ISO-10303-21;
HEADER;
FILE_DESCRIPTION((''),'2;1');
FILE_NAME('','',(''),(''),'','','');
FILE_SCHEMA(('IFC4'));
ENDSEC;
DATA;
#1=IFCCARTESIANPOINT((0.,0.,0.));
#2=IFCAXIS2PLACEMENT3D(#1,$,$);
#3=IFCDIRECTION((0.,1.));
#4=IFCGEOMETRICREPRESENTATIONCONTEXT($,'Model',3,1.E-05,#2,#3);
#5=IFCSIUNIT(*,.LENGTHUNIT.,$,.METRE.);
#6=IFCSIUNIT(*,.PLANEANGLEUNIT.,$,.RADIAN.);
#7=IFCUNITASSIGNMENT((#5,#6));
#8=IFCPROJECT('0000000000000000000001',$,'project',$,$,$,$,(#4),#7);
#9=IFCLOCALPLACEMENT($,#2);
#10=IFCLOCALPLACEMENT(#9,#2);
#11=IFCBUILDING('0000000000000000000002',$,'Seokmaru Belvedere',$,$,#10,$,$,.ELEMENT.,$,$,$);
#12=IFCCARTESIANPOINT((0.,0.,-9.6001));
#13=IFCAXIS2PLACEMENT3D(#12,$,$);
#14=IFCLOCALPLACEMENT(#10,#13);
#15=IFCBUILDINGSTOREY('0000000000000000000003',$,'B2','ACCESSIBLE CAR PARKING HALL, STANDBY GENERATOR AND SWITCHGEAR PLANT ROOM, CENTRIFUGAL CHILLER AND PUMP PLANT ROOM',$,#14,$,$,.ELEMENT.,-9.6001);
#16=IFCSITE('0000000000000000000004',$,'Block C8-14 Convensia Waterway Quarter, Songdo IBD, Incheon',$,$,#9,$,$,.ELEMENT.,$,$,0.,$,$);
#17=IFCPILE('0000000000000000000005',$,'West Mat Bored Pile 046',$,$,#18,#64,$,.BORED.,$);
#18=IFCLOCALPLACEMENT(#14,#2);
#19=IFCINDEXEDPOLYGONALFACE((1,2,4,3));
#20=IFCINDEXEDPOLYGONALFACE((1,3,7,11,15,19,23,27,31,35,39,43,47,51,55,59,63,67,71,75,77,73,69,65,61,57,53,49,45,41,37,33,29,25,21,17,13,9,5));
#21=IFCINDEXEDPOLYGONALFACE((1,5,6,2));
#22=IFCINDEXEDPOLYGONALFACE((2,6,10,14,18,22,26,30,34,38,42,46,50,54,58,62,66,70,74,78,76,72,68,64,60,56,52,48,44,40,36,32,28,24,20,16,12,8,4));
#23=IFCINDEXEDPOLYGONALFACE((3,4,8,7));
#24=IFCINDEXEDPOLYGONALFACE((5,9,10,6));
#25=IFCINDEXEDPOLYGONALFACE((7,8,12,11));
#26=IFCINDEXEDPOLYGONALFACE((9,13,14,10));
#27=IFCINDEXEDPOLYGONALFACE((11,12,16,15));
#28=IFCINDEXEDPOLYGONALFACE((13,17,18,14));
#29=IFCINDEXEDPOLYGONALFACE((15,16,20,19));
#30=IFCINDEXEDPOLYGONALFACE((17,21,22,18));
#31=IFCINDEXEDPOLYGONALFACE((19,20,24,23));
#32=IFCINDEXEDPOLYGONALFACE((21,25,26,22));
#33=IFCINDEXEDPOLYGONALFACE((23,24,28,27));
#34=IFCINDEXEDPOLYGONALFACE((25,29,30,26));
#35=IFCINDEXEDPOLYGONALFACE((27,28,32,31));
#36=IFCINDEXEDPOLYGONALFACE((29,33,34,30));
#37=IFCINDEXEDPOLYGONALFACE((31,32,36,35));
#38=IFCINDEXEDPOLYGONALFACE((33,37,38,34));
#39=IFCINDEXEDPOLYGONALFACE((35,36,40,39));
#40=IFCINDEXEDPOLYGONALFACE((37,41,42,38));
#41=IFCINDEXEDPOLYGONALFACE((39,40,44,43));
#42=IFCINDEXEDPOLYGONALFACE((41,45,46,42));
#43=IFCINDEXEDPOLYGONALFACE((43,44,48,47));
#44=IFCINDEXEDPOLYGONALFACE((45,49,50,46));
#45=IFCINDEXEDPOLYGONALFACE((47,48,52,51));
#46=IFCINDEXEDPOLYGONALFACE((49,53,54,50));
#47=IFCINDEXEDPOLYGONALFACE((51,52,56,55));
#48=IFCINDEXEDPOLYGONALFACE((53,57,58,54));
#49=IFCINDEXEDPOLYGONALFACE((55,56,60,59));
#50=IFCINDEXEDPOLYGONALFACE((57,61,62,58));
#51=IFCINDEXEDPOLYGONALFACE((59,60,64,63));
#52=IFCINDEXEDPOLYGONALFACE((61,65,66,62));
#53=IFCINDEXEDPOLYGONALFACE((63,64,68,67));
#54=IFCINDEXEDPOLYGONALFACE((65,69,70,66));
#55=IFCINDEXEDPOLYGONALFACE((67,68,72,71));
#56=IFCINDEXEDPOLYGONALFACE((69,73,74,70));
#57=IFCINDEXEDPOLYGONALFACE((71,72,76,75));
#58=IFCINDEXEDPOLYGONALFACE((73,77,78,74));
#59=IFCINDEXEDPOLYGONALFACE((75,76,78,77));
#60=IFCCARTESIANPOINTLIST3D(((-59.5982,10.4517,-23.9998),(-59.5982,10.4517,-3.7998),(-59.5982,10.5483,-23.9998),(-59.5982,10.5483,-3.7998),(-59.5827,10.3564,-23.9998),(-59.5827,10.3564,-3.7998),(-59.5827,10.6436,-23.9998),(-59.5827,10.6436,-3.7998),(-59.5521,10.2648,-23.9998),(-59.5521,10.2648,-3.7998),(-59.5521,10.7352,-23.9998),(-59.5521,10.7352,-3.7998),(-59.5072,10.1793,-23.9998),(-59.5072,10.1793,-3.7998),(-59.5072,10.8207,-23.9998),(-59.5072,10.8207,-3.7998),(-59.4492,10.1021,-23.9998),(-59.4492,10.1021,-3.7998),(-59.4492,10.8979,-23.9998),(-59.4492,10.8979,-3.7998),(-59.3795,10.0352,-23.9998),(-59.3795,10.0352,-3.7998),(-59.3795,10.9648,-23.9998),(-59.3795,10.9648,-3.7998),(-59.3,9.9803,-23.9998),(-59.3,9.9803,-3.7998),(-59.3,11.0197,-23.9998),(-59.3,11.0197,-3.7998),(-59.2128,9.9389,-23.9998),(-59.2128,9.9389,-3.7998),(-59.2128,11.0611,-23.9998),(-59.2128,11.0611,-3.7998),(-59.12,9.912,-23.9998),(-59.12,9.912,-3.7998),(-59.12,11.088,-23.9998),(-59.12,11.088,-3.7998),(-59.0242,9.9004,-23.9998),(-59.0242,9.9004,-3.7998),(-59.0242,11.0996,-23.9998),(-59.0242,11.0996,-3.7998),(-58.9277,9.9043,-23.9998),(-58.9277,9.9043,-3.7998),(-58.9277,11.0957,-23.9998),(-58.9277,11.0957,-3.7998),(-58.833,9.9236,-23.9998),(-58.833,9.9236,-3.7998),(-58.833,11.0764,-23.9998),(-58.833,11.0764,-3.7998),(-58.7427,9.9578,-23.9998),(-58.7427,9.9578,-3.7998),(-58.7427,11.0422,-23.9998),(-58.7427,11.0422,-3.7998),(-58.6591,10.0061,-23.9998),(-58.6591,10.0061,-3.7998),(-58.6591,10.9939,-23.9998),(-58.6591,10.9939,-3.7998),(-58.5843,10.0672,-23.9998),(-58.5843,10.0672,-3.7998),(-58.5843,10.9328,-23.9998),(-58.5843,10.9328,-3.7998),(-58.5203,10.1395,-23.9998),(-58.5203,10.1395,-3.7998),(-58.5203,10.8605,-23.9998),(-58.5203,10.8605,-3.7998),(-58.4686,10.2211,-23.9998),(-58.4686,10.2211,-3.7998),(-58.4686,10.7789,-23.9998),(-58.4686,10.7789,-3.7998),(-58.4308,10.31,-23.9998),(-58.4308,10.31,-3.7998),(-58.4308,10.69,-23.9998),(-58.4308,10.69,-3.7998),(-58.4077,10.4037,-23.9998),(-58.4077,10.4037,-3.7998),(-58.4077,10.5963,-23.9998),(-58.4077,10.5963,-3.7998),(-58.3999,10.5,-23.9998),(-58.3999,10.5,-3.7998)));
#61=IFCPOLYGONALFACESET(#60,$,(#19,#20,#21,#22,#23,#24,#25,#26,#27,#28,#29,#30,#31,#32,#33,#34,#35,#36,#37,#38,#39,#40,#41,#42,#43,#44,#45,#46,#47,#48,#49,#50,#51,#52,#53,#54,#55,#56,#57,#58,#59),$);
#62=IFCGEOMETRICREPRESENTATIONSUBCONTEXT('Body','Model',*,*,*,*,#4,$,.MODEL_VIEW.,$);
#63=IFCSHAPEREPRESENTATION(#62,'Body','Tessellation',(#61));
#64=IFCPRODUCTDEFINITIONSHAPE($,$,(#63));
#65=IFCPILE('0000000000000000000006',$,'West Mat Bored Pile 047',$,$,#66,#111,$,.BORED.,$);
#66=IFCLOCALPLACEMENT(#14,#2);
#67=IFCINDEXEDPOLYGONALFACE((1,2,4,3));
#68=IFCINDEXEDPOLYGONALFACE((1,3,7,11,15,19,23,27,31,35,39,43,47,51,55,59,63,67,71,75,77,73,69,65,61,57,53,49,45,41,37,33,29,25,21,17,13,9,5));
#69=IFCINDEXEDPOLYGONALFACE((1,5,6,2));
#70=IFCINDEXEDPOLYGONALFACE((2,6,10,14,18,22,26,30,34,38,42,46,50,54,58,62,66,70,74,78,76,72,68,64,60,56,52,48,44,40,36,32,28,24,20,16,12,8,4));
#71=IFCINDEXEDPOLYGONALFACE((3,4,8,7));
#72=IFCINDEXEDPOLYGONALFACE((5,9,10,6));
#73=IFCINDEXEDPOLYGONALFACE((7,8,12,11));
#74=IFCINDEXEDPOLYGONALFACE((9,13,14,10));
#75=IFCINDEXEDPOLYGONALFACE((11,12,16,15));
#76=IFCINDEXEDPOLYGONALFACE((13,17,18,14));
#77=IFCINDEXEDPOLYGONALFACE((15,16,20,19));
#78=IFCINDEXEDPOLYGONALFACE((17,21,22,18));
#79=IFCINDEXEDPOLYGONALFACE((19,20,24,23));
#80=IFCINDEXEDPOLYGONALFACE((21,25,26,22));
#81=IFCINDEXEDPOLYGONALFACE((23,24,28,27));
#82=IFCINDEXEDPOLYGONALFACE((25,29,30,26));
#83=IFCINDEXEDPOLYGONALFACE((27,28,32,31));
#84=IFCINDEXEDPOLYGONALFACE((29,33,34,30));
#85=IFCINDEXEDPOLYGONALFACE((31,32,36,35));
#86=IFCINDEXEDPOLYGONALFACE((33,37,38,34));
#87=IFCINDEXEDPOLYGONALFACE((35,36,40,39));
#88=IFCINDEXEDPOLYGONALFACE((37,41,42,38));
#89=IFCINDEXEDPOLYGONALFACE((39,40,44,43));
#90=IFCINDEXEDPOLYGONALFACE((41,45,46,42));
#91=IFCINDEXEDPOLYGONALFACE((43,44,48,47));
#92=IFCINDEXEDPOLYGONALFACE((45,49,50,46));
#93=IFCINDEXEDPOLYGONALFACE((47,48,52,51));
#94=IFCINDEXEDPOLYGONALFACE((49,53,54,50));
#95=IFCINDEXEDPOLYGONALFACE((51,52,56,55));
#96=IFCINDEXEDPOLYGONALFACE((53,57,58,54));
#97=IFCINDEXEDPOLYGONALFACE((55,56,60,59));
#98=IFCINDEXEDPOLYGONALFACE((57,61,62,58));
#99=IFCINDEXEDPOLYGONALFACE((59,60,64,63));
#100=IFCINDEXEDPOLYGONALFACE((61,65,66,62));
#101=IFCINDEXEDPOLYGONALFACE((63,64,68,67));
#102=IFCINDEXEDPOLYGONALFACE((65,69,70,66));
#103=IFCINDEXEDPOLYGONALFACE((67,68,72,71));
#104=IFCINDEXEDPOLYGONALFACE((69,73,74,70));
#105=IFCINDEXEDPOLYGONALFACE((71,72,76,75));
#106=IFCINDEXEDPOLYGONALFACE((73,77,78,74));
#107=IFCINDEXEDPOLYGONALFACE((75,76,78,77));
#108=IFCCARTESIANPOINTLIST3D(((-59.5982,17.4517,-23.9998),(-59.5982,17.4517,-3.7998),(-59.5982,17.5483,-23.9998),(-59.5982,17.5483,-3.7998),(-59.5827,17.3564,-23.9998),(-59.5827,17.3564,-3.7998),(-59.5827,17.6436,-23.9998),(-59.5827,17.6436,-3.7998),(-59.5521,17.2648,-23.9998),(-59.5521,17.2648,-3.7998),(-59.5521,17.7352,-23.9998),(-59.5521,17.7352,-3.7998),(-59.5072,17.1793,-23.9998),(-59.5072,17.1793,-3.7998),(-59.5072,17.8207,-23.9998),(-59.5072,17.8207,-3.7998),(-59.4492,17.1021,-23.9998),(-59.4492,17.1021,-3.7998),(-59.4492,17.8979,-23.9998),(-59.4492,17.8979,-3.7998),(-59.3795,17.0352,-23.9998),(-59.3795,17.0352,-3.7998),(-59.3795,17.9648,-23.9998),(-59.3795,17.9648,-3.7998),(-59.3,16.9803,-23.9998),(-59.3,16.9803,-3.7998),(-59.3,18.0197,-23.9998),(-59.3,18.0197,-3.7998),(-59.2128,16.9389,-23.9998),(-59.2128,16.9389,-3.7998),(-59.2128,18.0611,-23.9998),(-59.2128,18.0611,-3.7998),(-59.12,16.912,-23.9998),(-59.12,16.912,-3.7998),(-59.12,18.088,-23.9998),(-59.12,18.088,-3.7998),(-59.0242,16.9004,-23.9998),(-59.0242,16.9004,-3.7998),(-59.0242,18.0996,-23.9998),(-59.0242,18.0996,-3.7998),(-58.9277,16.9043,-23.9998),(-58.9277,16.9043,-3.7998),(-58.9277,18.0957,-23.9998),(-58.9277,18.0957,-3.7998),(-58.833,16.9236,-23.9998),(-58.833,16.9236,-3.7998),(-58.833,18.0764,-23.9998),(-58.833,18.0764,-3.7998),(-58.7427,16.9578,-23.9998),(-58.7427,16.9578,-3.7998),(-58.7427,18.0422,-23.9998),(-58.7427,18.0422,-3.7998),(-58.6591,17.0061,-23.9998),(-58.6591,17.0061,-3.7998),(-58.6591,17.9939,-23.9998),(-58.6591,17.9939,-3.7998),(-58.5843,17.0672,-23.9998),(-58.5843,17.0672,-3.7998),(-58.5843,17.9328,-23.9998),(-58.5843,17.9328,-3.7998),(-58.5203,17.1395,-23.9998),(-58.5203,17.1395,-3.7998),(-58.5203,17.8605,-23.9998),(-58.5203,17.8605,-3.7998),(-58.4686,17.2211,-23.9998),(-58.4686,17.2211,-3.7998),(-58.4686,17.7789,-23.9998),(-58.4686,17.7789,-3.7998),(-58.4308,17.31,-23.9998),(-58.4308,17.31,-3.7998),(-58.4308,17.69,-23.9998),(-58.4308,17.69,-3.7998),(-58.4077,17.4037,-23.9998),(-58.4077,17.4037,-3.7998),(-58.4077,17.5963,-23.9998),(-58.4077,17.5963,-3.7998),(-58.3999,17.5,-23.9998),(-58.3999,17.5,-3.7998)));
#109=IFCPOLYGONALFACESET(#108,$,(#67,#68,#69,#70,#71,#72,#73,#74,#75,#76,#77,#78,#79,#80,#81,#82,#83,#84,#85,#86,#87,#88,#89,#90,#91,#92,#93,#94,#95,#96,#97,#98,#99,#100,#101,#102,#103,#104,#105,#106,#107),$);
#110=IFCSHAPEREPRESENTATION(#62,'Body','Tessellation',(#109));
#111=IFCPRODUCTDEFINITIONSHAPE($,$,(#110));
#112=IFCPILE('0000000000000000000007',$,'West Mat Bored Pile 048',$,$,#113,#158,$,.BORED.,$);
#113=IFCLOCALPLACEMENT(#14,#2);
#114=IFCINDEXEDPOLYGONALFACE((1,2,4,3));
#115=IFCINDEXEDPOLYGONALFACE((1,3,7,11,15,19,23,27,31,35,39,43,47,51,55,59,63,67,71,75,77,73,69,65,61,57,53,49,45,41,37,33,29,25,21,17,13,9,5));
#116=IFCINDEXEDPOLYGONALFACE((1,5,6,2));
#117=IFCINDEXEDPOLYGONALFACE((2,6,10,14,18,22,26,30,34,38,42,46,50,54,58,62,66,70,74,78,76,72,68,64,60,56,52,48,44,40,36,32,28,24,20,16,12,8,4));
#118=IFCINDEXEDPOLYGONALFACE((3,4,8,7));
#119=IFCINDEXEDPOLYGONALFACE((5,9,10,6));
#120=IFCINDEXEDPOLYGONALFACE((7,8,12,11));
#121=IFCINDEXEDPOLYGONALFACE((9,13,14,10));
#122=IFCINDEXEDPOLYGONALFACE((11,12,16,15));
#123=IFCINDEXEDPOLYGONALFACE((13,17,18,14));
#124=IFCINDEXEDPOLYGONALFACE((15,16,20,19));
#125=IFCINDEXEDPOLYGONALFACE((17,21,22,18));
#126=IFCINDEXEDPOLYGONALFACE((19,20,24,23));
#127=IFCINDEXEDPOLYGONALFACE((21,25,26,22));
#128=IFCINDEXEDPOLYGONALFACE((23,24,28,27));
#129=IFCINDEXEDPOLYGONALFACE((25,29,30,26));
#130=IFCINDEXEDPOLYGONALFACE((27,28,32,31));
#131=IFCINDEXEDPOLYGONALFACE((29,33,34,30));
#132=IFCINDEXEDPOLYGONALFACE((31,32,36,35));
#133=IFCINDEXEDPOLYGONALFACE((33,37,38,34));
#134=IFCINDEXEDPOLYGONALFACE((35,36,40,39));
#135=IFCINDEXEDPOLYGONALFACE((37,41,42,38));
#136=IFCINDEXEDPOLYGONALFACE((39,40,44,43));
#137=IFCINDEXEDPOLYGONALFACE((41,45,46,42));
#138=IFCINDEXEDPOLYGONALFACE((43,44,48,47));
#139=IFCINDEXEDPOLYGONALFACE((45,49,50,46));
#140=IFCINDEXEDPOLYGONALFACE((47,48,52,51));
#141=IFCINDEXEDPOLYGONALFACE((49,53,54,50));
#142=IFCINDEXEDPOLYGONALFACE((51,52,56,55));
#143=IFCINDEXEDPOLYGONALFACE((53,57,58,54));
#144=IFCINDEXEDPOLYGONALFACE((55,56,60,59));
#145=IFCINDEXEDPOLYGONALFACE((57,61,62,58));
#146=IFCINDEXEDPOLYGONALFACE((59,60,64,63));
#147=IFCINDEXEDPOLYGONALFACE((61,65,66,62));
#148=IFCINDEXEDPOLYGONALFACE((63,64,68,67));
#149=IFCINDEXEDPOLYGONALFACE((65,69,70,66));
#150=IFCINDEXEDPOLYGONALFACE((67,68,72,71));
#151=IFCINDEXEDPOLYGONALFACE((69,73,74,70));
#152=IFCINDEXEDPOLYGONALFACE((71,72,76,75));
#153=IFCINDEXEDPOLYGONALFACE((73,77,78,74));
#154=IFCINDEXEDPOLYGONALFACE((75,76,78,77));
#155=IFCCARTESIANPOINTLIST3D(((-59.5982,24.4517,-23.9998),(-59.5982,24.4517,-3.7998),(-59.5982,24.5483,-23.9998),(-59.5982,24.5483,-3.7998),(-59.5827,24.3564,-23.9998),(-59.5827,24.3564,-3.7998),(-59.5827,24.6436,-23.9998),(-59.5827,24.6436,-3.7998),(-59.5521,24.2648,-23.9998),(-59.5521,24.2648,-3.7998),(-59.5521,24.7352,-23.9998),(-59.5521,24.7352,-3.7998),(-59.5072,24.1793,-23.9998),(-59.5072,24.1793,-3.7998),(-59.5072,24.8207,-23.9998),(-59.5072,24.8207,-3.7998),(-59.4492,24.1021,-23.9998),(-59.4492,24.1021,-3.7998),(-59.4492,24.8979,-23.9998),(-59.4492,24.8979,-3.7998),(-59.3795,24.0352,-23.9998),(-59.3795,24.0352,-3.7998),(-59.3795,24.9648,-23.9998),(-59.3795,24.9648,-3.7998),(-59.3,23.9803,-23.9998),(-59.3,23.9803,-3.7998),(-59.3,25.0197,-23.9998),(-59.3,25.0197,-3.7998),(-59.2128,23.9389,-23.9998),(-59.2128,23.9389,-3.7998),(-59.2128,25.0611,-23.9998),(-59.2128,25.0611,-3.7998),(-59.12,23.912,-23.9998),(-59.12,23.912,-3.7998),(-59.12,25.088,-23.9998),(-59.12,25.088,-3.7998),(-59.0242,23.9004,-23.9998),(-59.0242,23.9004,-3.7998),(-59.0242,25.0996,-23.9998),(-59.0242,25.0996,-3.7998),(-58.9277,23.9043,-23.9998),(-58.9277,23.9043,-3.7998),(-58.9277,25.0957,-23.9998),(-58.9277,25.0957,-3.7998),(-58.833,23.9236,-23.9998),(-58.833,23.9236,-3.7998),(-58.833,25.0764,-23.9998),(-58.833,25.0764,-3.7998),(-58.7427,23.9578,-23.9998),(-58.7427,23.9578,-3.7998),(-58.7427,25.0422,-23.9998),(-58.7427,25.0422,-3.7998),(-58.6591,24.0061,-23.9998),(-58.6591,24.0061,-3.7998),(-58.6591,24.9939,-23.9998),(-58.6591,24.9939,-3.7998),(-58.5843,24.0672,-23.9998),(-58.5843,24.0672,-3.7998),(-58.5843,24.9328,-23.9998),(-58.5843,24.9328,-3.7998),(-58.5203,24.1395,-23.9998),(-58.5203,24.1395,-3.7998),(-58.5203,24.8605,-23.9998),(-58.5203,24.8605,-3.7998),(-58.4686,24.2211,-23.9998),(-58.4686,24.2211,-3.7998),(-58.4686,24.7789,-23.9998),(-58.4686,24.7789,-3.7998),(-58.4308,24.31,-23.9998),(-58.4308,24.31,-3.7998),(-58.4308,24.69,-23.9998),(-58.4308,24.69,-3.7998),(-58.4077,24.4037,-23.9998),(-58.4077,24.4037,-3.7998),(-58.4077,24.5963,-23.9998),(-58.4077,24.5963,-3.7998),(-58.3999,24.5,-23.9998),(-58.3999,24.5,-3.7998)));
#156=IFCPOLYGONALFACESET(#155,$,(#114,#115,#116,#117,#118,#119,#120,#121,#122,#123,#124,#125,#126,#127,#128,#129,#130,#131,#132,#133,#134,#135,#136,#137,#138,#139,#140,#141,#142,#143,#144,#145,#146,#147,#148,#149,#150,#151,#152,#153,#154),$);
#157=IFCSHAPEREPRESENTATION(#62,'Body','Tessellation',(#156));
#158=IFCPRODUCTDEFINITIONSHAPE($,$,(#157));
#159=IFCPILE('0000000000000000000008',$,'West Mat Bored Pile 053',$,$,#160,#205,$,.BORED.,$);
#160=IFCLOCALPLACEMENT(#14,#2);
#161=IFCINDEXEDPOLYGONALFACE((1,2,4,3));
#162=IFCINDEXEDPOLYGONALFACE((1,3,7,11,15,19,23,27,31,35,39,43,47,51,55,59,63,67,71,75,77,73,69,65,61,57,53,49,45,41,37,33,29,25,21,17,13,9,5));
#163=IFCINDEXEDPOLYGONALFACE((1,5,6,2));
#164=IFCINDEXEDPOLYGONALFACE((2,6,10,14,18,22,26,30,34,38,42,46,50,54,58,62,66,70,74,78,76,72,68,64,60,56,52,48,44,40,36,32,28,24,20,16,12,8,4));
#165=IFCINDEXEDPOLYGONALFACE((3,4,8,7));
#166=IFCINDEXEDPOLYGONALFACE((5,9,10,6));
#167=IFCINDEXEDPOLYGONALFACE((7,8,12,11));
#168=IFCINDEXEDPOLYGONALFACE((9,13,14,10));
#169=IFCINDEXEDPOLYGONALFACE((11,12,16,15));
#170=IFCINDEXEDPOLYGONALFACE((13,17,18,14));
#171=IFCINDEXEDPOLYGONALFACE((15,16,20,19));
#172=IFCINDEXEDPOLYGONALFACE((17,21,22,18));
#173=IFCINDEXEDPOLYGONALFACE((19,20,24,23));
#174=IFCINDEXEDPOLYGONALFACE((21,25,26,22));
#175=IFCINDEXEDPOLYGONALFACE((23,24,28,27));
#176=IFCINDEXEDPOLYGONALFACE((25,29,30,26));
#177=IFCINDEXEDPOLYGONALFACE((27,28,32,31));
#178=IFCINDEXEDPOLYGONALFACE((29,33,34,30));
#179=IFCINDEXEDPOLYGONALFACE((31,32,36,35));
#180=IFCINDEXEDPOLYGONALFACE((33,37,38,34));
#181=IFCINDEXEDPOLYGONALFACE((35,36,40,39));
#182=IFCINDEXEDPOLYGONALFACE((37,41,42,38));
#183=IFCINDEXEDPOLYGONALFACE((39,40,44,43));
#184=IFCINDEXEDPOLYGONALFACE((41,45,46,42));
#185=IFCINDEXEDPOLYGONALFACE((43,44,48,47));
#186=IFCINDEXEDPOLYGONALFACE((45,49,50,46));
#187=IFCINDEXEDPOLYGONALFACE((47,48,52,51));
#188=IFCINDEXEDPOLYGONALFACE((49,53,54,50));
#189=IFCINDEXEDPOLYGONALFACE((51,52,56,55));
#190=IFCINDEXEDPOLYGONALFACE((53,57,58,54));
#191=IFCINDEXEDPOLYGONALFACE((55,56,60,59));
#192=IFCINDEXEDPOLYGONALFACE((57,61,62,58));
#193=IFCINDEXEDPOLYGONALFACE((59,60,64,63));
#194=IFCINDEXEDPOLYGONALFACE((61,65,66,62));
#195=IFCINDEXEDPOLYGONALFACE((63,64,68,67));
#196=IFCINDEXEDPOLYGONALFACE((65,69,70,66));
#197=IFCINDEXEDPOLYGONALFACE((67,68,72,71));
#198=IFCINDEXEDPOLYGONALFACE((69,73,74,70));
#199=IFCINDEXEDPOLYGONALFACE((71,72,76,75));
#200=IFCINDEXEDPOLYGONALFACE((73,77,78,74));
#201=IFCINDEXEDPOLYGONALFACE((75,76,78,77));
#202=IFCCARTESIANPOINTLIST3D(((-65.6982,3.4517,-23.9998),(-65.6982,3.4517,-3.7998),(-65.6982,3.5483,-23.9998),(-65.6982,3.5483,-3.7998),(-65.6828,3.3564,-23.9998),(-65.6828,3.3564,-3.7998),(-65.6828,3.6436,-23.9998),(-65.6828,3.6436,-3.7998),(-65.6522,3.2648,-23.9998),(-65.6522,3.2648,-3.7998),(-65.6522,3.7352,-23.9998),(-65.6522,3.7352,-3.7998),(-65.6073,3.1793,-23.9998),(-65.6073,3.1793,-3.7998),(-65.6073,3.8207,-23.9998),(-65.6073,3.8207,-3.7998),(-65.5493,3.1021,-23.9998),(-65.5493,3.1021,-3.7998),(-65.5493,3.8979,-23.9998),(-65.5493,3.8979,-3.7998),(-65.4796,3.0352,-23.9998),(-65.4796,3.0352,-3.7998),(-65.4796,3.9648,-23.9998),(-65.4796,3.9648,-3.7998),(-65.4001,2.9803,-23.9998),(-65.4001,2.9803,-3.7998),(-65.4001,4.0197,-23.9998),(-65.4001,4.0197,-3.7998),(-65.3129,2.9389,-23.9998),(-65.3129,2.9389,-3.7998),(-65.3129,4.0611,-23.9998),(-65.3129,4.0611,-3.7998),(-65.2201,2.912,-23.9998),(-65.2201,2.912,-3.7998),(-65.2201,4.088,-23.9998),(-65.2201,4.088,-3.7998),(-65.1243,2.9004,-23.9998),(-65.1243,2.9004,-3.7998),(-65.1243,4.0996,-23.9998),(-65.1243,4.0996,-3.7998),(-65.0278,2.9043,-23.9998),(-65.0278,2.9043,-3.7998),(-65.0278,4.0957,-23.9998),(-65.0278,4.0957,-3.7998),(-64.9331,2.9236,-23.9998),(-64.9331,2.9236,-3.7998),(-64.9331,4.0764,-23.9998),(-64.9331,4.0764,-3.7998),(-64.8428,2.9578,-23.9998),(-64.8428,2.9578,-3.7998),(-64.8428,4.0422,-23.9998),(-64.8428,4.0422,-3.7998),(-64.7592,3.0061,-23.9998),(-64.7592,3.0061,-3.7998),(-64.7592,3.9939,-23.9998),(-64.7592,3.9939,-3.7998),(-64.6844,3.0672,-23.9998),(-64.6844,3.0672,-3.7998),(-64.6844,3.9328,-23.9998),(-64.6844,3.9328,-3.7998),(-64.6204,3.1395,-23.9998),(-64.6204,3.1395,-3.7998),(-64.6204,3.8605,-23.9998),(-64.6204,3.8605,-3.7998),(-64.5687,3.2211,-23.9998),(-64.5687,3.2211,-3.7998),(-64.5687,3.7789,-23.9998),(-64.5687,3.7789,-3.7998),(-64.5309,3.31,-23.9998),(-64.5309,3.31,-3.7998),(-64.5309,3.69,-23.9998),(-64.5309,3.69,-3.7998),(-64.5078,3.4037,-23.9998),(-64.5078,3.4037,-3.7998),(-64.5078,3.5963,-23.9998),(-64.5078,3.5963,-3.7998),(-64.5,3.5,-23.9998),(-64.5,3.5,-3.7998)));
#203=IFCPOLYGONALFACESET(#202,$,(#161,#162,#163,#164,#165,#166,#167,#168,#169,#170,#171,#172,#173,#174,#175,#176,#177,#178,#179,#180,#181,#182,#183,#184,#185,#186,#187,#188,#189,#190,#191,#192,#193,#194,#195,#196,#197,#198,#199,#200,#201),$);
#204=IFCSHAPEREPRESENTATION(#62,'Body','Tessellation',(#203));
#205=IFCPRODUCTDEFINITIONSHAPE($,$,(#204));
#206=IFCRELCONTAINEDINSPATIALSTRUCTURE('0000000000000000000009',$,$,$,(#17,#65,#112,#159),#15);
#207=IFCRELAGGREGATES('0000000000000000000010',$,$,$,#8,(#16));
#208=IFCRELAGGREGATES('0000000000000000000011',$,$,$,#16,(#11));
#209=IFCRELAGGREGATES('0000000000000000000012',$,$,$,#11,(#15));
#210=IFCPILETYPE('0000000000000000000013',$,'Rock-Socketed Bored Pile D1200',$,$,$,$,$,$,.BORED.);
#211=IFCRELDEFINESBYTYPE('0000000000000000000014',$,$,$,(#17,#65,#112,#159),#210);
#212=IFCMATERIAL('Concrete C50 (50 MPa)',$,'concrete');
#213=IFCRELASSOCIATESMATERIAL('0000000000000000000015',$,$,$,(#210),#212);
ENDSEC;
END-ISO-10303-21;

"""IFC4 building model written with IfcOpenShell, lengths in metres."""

from ifc_helpers import new_model, si_unit, direction, frame, origin, origin_2d, place, context, subcontext, project, spatial, circle, extrude, source, transform, mapped, material, material_profile, profile_set, type_object, type_shapes, element, save


model = new_model("IFC4")

# Units and contexts
model_context = context("Model", 3, precision=1e-05, world=origin(), true_north=direction((0.0, 1.0)))
body_context = subcontext(model_context, "Body", "Model", "MODEL_VIEW")
ifc_project = project(units=[si_unit("LENGTHUNIT", "METRE"), si_unit("PLANEANGLEUNIT", "RADIAN")], contexts=[model_context])

# Site, building, storey
site_placement = place(None, origin())
site = spatial("IfcSite", under=ifc_project, at=site_placement, Name="Block C8-14 Convensia Waterway Quarter, Songdo IBD, Incheon", CompositionType="ELEMENT", RefElevation=0.0)
building_placement = place(site_placement, origin())
building = spatial("IfcBuilding", under=site, at=building_placement, Name="Seokmaru Belvedere", CompositionType="ELEMENT")
storey_placement = place(building_placement, frame((0.0, 0.0, -9.6001)))
storey = spatial("IfcBuildingStorey", under=building, at=storey_placement, Name="B2", Description="ACCESSIBLE CAR PARKING HALL, STANDBY GENERATOR AND SWITCHGEAR PLANT ROOM, CENTRIFUGAL CHILLER AND PUMP PLANT ROOM", CompositionType="ELEMENT", Elevation=-9.6001)

# Shared definitions
ifc_material_1 = material(Name="Concrete C50 (50 MPa)", Category="concrete")

# Piles
ifc_material_profile_1 = material_profile(ifc_material_1, circle(Radius=0.6001, at=origin_2d()), Name="PILE-D1200")
ifc_profile_set_1 = profile_set([ifc_material_profile_1], Name="Concrete C50 (50 MPa)")
pile_type_1 = type_object("IfcPileType", Name="Rock-Socketed Bored Pile D1200", PredefinedType="BORED", material=ifc_profile_set_1)
shared_shape_1 = source(origin(), body_context, "Body", "SweptSolid", [
    extrude(circle(Radius=0.6001, at=origin_2d()), origin(), (0.0, 0.0, 1.0), 20.2),
])
type_shapes(pile_type_1, [shared_shape_1])
for number, where, z_axis, x_axis, name in (
    (1, (-59.0, 10.5, -3.7998), (0.0, 0.0, -1.0), (1.0, 0.0, 0.0), "West Mat Bored Pile 046"),
    (2, (-59.0, 17.5, -3.7998), (0.0, 0.0, -1.0), (1.0, 0.0, 0.0), "West Mat Bored Pile 047"),
    (3, (-59.0, 24.5, -3.7998), (0.0, 0.0, -1.0), (1.0, 0.0, 0.0), "West Mat Bored Pile 048"),
    (4, (-65.1001, 3.5, -3.7998), (0.0, 0.0, -1.0), (1.0, 0.0, 0.0), "West Mat Bored Pile 053"),
):
    element("IfcPile", number, at=place(storey_placement, frame(where, z_axis=z_axis, x_axis=x_axis)), inside=storey, type_object=pile_type_1, Name=name, PredefinedType="BORED", context=body_context, shape_type="MappedRepresentation", body=[
        mapped(shared_shape_1, transform((0.0, 0.0, 0.0), scale=1.0)),
    ])

save(model, "model.ifc")
